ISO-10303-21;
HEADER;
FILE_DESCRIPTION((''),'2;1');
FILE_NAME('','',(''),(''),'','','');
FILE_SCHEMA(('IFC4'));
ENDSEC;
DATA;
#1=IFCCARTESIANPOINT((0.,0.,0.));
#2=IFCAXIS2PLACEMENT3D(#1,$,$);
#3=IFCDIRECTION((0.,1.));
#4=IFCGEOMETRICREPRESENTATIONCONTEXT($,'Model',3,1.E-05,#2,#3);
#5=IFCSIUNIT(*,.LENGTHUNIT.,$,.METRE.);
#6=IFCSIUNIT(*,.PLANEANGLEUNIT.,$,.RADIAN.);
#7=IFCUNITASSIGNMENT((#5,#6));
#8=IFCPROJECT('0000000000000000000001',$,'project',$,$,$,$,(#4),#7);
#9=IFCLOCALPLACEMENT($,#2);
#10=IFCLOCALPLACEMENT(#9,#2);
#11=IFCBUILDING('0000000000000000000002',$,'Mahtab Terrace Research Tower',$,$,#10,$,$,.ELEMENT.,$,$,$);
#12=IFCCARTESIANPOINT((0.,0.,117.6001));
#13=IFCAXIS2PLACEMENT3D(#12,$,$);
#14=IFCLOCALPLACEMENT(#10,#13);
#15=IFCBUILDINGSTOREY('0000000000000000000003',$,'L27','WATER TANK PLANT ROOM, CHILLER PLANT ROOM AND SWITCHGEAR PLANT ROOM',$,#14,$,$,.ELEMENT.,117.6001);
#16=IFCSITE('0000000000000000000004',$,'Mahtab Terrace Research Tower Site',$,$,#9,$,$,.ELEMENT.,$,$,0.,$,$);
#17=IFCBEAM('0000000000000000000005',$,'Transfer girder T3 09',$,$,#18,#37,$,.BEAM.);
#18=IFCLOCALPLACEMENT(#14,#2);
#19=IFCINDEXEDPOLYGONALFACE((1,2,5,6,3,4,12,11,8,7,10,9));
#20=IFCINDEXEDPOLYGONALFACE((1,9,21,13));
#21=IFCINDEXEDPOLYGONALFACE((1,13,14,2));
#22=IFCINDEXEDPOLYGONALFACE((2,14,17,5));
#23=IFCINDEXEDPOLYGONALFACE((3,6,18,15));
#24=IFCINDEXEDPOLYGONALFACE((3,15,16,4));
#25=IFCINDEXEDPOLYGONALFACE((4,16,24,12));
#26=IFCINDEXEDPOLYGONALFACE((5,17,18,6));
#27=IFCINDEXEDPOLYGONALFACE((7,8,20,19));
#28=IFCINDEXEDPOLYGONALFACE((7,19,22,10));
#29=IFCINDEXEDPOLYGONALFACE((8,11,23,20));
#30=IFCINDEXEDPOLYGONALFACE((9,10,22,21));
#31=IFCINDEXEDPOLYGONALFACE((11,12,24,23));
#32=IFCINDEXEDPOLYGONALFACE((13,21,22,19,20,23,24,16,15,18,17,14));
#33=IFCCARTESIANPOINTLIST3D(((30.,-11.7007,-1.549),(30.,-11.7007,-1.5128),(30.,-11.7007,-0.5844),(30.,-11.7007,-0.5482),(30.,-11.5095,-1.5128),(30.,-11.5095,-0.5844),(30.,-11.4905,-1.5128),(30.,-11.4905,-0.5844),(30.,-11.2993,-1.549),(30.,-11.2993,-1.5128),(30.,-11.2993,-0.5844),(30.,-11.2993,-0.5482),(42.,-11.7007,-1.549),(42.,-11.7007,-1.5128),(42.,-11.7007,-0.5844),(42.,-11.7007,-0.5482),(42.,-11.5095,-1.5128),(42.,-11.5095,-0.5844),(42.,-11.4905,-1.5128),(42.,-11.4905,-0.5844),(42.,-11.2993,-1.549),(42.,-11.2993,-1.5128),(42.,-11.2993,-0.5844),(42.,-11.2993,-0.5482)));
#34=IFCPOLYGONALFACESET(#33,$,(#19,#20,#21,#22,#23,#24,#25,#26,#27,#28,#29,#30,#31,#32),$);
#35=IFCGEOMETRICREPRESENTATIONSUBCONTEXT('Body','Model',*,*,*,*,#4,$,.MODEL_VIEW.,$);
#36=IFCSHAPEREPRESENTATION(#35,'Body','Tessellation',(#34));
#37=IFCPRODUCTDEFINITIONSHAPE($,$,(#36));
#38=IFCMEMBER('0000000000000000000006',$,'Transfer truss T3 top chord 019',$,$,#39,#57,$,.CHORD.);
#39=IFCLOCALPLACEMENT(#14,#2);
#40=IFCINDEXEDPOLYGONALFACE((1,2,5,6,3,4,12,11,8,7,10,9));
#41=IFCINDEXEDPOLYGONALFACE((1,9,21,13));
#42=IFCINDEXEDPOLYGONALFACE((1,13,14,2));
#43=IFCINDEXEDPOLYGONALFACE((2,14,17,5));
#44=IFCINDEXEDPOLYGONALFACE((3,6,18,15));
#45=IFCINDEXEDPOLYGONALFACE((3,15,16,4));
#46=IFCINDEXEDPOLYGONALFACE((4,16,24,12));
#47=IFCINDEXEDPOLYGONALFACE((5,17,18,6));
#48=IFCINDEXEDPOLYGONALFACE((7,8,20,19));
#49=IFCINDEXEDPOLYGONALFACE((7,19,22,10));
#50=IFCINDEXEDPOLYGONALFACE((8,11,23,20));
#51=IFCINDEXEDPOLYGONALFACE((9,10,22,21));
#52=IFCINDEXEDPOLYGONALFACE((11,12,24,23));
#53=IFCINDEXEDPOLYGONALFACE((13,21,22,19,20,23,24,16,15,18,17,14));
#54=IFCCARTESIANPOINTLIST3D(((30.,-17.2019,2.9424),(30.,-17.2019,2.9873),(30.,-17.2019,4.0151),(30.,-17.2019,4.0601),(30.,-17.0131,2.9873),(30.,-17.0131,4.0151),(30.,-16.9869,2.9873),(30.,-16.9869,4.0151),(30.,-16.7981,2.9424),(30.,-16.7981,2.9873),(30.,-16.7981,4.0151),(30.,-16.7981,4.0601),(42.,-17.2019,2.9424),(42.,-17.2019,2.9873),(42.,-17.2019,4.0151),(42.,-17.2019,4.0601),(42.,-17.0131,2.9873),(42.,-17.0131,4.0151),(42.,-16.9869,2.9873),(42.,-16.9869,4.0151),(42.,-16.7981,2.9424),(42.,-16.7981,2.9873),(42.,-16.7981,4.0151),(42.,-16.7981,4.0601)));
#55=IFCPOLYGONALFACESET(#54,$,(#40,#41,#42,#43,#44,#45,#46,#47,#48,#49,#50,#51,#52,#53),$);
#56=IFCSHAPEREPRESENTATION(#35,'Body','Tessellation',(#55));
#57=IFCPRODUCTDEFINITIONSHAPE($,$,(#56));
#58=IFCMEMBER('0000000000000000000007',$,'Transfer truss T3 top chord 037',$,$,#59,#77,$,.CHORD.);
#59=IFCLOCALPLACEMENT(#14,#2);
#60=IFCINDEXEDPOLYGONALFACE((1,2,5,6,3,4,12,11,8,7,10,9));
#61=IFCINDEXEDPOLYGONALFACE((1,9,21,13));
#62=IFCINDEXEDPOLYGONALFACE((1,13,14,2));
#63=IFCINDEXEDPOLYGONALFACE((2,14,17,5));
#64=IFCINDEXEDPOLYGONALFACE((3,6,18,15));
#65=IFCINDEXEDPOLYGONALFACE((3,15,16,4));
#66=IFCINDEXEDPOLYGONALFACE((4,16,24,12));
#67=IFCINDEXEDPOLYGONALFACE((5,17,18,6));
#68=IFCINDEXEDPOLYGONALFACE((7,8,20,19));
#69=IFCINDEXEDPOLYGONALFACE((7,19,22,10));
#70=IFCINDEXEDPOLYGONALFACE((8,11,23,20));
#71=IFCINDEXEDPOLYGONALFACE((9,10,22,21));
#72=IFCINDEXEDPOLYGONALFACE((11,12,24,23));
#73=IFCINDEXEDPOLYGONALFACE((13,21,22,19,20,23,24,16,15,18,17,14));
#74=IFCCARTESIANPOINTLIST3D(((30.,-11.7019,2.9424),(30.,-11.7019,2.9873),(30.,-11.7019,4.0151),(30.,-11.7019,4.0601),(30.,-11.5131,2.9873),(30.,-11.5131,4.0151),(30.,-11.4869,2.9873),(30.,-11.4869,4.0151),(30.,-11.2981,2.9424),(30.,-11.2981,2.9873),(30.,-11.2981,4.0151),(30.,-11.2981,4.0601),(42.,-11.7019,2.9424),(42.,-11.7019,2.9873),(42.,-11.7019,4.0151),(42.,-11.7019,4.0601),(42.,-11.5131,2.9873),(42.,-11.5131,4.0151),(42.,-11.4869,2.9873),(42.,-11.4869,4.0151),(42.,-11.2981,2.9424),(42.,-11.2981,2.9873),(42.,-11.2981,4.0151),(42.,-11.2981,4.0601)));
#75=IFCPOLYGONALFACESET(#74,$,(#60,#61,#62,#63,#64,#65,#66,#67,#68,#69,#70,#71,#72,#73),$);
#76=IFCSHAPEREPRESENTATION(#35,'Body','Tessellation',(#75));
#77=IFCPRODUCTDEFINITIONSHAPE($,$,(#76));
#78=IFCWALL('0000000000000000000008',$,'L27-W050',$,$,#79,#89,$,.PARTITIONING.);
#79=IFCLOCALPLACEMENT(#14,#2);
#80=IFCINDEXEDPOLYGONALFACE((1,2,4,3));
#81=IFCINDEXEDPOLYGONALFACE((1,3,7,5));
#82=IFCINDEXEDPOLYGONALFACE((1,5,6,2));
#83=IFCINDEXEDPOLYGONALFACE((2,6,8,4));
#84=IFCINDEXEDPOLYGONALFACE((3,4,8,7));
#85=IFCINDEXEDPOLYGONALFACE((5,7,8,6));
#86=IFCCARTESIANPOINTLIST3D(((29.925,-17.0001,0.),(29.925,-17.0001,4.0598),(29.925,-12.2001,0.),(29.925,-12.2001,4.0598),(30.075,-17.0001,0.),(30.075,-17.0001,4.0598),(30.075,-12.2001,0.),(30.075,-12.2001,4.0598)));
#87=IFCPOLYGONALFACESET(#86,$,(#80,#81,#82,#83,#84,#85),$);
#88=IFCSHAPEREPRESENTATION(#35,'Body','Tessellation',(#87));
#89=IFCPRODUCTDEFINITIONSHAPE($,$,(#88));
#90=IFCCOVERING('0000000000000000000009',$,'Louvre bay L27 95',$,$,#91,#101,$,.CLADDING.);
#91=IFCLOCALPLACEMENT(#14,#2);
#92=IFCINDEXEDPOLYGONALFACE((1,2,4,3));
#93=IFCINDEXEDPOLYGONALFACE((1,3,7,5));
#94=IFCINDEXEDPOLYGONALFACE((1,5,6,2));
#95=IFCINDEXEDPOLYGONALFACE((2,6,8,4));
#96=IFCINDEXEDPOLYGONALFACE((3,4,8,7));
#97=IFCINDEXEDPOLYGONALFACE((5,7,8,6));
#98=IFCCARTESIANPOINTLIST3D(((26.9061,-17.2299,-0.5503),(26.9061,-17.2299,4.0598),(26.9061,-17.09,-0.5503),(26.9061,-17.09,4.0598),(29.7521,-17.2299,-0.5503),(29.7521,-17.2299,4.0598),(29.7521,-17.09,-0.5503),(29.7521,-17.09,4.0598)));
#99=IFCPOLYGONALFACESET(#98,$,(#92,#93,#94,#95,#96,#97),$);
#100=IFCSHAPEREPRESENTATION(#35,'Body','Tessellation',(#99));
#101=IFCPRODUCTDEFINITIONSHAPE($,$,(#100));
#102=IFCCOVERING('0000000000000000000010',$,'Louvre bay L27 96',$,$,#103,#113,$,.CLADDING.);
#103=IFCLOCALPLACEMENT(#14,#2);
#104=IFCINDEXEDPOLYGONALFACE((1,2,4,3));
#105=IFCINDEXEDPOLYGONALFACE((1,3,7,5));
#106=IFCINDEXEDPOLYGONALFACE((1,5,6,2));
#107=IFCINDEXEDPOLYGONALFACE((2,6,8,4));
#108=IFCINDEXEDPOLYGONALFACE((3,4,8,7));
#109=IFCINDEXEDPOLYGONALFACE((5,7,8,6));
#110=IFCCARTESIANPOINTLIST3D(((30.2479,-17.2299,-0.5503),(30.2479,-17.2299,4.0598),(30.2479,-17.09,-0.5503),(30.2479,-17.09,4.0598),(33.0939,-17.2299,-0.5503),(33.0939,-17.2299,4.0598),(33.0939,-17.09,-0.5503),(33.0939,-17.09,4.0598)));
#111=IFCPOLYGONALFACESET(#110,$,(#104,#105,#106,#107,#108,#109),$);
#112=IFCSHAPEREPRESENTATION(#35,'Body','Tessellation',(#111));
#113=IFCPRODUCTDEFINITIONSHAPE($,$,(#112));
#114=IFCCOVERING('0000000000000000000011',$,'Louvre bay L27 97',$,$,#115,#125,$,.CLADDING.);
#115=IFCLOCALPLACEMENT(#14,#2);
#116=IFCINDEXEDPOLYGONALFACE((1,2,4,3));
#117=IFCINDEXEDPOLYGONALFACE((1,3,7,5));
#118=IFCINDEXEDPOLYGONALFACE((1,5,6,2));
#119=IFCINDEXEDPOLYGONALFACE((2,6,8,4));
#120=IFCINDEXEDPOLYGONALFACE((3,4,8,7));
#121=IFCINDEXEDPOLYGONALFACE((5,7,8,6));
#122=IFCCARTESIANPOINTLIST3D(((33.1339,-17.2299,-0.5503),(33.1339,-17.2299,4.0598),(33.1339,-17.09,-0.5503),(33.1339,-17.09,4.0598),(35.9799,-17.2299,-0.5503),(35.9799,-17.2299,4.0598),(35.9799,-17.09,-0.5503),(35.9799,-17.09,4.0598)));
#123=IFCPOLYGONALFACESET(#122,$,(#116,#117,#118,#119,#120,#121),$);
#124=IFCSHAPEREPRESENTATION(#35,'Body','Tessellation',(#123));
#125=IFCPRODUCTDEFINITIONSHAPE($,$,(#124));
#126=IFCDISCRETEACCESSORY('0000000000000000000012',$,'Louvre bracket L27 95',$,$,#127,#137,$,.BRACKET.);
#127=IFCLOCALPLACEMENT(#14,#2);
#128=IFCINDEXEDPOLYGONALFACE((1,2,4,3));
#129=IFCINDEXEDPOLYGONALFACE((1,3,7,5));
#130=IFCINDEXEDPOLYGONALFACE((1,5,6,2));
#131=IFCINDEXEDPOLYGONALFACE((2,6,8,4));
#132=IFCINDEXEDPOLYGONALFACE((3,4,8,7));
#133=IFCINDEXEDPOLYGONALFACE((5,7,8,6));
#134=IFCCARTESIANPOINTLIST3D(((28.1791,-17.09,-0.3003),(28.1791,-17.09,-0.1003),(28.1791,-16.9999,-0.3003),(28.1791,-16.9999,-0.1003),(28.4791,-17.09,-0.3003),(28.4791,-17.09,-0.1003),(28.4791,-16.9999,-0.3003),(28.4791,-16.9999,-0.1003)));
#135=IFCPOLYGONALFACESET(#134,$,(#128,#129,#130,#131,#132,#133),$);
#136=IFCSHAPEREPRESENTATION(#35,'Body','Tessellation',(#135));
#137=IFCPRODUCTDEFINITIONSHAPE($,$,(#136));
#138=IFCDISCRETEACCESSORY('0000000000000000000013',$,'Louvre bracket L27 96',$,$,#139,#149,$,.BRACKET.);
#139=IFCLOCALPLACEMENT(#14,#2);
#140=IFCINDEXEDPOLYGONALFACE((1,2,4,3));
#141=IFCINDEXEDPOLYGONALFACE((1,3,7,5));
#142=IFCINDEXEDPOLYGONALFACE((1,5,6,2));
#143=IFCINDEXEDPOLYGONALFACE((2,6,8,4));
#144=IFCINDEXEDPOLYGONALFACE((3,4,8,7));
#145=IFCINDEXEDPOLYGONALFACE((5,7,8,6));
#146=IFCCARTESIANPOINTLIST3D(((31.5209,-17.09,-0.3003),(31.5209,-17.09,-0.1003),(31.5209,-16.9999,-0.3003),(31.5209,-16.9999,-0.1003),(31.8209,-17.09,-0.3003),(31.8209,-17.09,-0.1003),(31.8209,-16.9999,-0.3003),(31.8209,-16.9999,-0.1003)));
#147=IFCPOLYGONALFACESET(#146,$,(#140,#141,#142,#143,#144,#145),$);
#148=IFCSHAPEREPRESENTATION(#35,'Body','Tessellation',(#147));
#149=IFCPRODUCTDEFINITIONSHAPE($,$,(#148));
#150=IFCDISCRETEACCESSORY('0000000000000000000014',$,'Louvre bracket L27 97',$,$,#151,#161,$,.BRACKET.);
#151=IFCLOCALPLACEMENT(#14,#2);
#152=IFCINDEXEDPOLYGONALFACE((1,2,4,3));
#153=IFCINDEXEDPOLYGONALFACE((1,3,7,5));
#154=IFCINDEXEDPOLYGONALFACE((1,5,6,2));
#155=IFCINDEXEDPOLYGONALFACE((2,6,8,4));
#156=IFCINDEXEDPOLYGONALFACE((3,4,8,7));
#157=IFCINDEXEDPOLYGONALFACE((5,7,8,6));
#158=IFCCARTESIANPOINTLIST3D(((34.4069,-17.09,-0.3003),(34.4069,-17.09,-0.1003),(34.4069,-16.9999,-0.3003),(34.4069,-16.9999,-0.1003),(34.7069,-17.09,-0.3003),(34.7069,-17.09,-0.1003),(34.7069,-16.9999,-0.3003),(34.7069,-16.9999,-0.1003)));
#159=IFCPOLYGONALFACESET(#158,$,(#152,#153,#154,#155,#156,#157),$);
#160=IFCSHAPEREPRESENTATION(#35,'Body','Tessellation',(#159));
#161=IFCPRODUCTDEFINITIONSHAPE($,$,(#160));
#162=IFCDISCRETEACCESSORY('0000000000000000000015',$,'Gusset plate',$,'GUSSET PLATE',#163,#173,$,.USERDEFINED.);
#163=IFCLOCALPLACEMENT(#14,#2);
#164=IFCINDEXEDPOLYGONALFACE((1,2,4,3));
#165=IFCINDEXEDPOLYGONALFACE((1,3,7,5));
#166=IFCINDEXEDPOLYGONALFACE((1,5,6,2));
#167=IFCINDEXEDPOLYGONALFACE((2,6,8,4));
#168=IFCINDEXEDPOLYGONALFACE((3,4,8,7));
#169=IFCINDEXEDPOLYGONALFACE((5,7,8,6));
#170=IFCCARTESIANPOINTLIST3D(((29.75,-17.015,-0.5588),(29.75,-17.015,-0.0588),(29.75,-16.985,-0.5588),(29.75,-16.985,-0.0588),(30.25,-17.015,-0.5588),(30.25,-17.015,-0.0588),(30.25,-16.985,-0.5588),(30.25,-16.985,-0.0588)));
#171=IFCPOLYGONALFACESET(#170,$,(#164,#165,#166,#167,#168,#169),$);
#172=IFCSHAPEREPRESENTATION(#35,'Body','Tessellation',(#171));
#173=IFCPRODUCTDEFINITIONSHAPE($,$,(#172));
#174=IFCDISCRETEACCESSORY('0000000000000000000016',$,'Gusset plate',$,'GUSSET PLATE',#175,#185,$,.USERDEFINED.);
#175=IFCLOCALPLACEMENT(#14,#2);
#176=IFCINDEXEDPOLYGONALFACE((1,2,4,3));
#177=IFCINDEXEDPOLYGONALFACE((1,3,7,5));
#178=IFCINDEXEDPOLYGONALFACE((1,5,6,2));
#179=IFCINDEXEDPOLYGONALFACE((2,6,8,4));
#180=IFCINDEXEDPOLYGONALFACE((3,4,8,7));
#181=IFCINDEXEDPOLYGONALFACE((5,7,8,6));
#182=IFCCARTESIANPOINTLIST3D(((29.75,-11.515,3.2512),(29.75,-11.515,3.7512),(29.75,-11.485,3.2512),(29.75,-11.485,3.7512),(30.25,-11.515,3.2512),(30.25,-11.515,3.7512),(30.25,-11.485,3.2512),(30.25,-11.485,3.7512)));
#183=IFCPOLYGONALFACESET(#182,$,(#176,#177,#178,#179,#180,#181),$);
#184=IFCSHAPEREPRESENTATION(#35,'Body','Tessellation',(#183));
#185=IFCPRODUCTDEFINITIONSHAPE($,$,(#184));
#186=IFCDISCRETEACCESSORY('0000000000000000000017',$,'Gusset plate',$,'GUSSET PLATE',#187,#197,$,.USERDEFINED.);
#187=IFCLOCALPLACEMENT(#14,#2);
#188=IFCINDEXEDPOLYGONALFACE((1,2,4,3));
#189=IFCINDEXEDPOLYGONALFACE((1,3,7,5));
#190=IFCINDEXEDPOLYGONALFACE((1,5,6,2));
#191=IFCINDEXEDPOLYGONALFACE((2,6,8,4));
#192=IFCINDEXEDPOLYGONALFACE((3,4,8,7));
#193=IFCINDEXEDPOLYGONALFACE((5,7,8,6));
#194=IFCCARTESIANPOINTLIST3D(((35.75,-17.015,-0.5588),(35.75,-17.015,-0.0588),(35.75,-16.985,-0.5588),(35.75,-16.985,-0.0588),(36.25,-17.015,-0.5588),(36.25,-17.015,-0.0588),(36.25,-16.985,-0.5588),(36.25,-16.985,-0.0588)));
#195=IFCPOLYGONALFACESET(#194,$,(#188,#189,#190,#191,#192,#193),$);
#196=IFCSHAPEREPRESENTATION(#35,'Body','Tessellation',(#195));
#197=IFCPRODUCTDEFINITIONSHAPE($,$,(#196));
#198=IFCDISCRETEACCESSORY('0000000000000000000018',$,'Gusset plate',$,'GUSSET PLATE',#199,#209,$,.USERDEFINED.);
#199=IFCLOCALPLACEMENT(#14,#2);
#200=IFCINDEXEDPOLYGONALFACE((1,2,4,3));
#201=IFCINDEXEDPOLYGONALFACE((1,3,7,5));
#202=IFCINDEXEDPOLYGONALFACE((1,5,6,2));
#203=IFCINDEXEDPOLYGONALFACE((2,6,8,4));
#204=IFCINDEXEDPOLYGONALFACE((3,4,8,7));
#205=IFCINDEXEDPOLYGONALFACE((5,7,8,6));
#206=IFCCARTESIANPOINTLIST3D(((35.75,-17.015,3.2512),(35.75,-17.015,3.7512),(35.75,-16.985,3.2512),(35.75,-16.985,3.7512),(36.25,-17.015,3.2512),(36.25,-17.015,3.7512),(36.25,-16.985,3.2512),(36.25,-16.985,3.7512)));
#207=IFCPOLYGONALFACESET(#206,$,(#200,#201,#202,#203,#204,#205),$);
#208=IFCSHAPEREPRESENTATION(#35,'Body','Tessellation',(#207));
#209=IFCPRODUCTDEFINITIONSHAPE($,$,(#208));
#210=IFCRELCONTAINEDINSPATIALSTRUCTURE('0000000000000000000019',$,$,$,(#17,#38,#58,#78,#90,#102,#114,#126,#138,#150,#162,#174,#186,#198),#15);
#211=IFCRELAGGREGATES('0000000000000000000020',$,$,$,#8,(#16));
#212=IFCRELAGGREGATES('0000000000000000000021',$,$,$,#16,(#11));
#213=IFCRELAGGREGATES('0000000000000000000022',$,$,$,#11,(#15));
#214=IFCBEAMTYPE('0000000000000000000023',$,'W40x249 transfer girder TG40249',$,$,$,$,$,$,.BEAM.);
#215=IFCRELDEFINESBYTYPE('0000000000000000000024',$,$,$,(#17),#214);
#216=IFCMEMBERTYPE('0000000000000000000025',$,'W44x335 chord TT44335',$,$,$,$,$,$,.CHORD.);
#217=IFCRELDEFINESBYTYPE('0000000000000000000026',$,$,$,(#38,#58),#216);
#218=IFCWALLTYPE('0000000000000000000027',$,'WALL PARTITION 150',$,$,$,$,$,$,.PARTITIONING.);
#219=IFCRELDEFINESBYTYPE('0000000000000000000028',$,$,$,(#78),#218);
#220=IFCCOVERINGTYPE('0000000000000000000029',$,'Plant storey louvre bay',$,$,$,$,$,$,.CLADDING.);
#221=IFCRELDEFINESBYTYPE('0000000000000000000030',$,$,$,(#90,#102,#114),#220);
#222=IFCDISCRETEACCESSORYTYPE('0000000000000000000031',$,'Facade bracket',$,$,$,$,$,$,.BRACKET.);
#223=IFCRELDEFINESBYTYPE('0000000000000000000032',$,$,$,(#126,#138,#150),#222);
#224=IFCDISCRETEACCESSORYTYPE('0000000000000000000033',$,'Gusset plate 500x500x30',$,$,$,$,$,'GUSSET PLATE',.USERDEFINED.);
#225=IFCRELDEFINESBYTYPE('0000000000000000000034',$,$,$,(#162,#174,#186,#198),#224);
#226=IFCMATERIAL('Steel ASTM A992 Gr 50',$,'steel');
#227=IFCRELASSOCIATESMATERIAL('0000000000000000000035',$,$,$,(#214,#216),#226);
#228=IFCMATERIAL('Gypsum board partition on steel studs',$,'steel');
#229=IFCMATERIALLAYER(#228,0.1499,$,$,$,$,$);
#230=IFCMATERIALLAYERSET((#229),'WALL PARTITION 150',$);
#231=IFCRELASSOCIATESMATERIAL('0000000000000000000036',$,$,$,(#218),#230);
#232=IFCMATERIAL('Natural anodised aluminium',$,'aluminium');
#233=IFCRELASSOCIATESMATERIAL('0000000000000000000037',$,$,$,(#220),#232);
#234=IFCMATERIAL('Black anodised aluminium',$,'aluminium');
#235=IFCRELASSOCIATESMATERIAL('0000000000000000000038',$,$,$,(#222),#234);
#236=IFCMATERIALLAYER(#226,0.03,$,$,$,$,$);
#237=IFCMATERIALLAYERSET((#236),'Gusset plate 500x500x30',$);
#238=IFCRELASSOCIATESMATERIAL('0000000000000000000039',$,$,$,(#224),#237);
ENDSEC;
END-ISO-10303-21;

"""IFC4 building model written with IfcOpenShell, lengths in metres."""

from ifc_helpers import new_model, si_unit, direction, frame, frame_2d, origin, origin_2d, place, context, subcontext, project, spatial, rectangle, i_section, extrude, material, layer, layer_set, material_profile, profile_set, type_object, element, save


model = new_model("IFC4")

# Units and contexts
model_context = context("Model", 3, precision=1e-05, world=origin(), true_north=direction((0.0, 1.0)))
body_context = subcontext(model_context, "Body", "Model", "MODEL_VIEW")
ifc_project = project(units=[si_unit("LENGTHUNIT", "METRE"), si_unit("PLANEANGLEUNIT", "RADIAN")], contexts=[model_context])

# Site, building, storey
site_placement = place(None, origin())
site = spatial("IfcSite", under=ifc_project, at=site_placement, Name="Mahtab Terrace Research Tower Site", CompositionType="ELEMENT", RefElevation=0.0)
building_placement = place(site_placement, origin())
building = spatial("IfcBuilding", under=site, at=building_placement, Name="Mahtab Terrace Research Tower", CompositionType="ELEMENT")
storey_placement = place(building_placement, frame((0.0, 0.0, 117.6001)))
storey = spatial("IfcBuildingStorey", under=building, at=storey_placement, Name="L27", Description="WATER TANK PLANT ROOM, CHILLER PLANT ROOM AND SWITCHGEAR PLANT ROOM", CompositionType="ELEMENT", Elevation=117.6001)

# Shared definitions
ifc_material_1 = material(Name="Steel ASTM A992 Gr 50", Category="steel")

# Beam
ifc_material_profile_1 = material_profile(ifc_material_1, i_section(OverallWidth=0.4014, OverallDepth=1.0007, WebThickness=0.019, FlangeThickness=0.0361, at=origin_2d()), Name="W40X249")
ifc_profile_set_1 = profile_set([ifc_material_profile_1], Name="Steel ASTM A992 Gr 50")
beam_type = type_object("IfcBeamType", Name="W40x249 transfer girder TG40249", PredefinedType="BEAM", material=ifc_profile_set_1)
beam_placement = place(storey_placement, frame((30.0, -11.5, -1.0486), z_axis=(1.0, 0.0, 0.0), x_axis=(0.0, 1.0, 0.0)))
element("IfcBeam", 1, at=beam_placement, inside=storey, type_object=beam_type, Name="Transfer girder T3 09", PredefinedType="BEAM", context=body_context, shape_type="SweptSolid", body=[
    extrude(i_section(OverallWidth=0.4014, OverallDepth=1.0007, WebThickness=0.019, FlangeThickness=0.0361, at=origin_2d()), origin(), (0.0, 0.0, 1.0), 12.0),
])

# Members
ifc_material_profile_2 = material_profile(ifc_material_1, i_section(OverallWidth=0.4038, OverallDepth=1.1177, WebThickness=0.0261, FlangeThickness=0.0449, at=origin_2d()), Name="W44X335")
ifc_profile_set_2 = profile_set([ifc_material_profile_2], Name="Steel ASTM A992 Gr 50")
member_type_1 = type_object("IfcMemberType", Name="W44x335 chord TT44335", PredefinedType="CHORD", material=ifc_profile_set_2)
for number, where, z_axis, x_axis, name in (
    (2, (30.0, -17.0, 3.5012), (1.0, 0.0, 0.0), (0.0, 1.0, 0.0), "Transfer truss T3 top chord 019"),
    (3, (30.0, -11.5, 3.5012), (1.0, 0.0, 0.0), (0.0, 1.0, 0.0), "Transfer truss T3 top chord 037"),
):
    element("IfcMember", number, at=place(storey_placement, frame(where, z_axis=z_axis, x_axis=x_axis)), inside=storey, type_object=member_type_1, Name=name, PredefinedType="CHORD", context=body_context, shape_type="SweptSolid", body=[
        extrude(i_section(OverallWidth=0.4038, OverallDepth=1.1177, WebThickness=0.0261, FlangeThickness=0.0449, at=origin_2d()), origin(), (0.0, 0.0, 1.0), 12.0),
    ])

# Wall
ifc_material_2 = material(Name="Gypsum board partition on steel studs", Category="steel")
ifc_layer_1 = layer(ifc_material_2, 0.1499)
ifc_layer_set_1 = layer_set([ifc_layer_1], Name="WALL PARTITION 150")
wall_type = type_object("IfcWallType", Name="WALL PARTITION 150", PredefinedType="PARTITIONING", material=ifc_layer_set_1)
wall_placement = place(storey_placement, frame((30.0, -17.0, 0.0), z_axis=(0.0, 0.0, 1.0), x_axis=(0.0, 1.0, 0.0)))
element("IfcWall", 4, at=wall_placement, inside=storey, type_object=wall_type, Name="L27-W050", PredefinedType="PARTITIONING", context=body_context, shape_type="SweptSolid", body=[
    extrude(rectangle(XDim=4.8, YDim=0.1499, at=frame_2d((2.3999, 0.0))), origin(), (0.0, 0.0, 1.0), 4.0598),
])

# Coverings
ifc_material_3 = material(Name="Natural anodised aluminium", Category="aluminium")
covering_type = type_object("IfcCoveringType", Name="Plant storey louvre bay", PredefinedType="CLADDING", material=ifc_material_3)
for number, where, z_axis, x_axis, name in (
    (5, (28.3291, -17.1599, -0.5503), (0.0, 0.0, 1.0), (1.0, 0.0, 0.0), "Louvre bay L27 95"),
    (6, (31.6709, -17.1599, -0.5503), (0.0, 0.0, 1.0), (1.0, 0.0, 0.0), "Louvre bay L27 96"),
    (7, (34.5569, -17.1599, -0.5503), (0.0, 0.0, 1.0), (1.0, 0.0, 0.0), "Louvre bay L27 97"),
):
    element("IfcCovering", number, at=place(storey_placement, frame(where, z_axis=z_axis, x_axis=x_axis)), inside=storey, type_object=covering_type, Name=name, PredefinedType="CLADDING", context=body_context, shape_type="SweptSolid", body=[
        extrude(rectangle(XDim=2.8459, YDim=0.1399, at=origin_2d()), origin(), (0.0, 0.0, 1.0), 4.6101),
    ])

# Discrete accessories
ifc_material_4 = material(Name="Black anodised aluminium", Category="aluminium")
discrete_accessory_type_1 = type_object("IfcDiscreteAccessoryType", Name="Facade bracket", PredefinedType="BRACKET", material=ifc_material_4)
for number, where, z_axis, x_axis, name in (
    (8, (28.3291, -17.0449, -0.3003), (0.0, 0.0, 1.0), (1.0, 0.0, 0.0), "Louvre bracket L27 95"),
    (9, (31.6709, -17.0449, -0.3003), (0.0, 0.0, 1.0), (1.0, 0.0, 0.0), "Louvre bracket L27 96"),
    (10, (34.5569, -17.0449, -0.3003), (0.0, 0.0, 1.0), (1.0, 0.0, 0.0), "Louvre bracket L27 97"),
):
    element("IfcDiscreteAccessory", number, at=place(storey_placement, frame(where, z_axis=z_axis, x_axis=x_axis)), inside=storey, type_object=discrete_accessory_type_1, Name=name, PredefinedType="BRACKET", context=body_context, shape_type="SweptSolid", body=[
        extrude(rectangle(XDim=0.3, YDim=0.0901, at=origin_2d()), origin(), (0.0, 0.0, 1.0), 0.2),
    ])
ifc_layer_2 = layer(ifc_material_1, 0.03)
ifc_layer_set_2 = layer_set([ifc_layer_2], Name="Gusset plate 500x500x30")
discrete_accessory_type_2 = type_object("IfcDiscreteAccessoryType", Name="Gusset plate 500x500x30", ElementType="GUSSET PLATE", PredefinedType="USERDEFINED", material=ifc_layer_set_2)
for number, where, z_axis, x_axis, name in (
    (11, (30.0, -17.0, -0.5588), (0.0, 0.0, 1.0), (1.0, 0.0, 0.0), "Gusset plate"),
    (12, (30.0, -11.5, 3.2512), (0.0, 0.0, 1.0), (1.0, 0.0, 0.0), "Gusset plate"),
    (13, (36.0, -17.0, -0.5588), (0.0, 0.0, 1.0), (1.0, 0.0, 0.0), "Gusset plate"),
    (14, (36.0, -17.0, 3.2512), (0.0, 0.0, 1.0), (1.0, 0.0, 0.0), "Gusset plate"),
):
    element("IfcDiscreteAccessory", number, at=place(storey_placement, frame(where, z_axis=z_axis, x_axis=x_axis)), inside=storey, type_object=discrete_accessory_type_2, Name=name, ObjectType="GUSSET PLATE", PredefinedType="USERDEFINED", context=body_context, shape_type="SweptSolid", body=[
        extrude(rectangle(XDim=0.5, YDim=0.03, at=origin_2d()), origin(), (0.0, 0.0, 1.0), 0.5),
    ])

save(model, "model.ifc")
